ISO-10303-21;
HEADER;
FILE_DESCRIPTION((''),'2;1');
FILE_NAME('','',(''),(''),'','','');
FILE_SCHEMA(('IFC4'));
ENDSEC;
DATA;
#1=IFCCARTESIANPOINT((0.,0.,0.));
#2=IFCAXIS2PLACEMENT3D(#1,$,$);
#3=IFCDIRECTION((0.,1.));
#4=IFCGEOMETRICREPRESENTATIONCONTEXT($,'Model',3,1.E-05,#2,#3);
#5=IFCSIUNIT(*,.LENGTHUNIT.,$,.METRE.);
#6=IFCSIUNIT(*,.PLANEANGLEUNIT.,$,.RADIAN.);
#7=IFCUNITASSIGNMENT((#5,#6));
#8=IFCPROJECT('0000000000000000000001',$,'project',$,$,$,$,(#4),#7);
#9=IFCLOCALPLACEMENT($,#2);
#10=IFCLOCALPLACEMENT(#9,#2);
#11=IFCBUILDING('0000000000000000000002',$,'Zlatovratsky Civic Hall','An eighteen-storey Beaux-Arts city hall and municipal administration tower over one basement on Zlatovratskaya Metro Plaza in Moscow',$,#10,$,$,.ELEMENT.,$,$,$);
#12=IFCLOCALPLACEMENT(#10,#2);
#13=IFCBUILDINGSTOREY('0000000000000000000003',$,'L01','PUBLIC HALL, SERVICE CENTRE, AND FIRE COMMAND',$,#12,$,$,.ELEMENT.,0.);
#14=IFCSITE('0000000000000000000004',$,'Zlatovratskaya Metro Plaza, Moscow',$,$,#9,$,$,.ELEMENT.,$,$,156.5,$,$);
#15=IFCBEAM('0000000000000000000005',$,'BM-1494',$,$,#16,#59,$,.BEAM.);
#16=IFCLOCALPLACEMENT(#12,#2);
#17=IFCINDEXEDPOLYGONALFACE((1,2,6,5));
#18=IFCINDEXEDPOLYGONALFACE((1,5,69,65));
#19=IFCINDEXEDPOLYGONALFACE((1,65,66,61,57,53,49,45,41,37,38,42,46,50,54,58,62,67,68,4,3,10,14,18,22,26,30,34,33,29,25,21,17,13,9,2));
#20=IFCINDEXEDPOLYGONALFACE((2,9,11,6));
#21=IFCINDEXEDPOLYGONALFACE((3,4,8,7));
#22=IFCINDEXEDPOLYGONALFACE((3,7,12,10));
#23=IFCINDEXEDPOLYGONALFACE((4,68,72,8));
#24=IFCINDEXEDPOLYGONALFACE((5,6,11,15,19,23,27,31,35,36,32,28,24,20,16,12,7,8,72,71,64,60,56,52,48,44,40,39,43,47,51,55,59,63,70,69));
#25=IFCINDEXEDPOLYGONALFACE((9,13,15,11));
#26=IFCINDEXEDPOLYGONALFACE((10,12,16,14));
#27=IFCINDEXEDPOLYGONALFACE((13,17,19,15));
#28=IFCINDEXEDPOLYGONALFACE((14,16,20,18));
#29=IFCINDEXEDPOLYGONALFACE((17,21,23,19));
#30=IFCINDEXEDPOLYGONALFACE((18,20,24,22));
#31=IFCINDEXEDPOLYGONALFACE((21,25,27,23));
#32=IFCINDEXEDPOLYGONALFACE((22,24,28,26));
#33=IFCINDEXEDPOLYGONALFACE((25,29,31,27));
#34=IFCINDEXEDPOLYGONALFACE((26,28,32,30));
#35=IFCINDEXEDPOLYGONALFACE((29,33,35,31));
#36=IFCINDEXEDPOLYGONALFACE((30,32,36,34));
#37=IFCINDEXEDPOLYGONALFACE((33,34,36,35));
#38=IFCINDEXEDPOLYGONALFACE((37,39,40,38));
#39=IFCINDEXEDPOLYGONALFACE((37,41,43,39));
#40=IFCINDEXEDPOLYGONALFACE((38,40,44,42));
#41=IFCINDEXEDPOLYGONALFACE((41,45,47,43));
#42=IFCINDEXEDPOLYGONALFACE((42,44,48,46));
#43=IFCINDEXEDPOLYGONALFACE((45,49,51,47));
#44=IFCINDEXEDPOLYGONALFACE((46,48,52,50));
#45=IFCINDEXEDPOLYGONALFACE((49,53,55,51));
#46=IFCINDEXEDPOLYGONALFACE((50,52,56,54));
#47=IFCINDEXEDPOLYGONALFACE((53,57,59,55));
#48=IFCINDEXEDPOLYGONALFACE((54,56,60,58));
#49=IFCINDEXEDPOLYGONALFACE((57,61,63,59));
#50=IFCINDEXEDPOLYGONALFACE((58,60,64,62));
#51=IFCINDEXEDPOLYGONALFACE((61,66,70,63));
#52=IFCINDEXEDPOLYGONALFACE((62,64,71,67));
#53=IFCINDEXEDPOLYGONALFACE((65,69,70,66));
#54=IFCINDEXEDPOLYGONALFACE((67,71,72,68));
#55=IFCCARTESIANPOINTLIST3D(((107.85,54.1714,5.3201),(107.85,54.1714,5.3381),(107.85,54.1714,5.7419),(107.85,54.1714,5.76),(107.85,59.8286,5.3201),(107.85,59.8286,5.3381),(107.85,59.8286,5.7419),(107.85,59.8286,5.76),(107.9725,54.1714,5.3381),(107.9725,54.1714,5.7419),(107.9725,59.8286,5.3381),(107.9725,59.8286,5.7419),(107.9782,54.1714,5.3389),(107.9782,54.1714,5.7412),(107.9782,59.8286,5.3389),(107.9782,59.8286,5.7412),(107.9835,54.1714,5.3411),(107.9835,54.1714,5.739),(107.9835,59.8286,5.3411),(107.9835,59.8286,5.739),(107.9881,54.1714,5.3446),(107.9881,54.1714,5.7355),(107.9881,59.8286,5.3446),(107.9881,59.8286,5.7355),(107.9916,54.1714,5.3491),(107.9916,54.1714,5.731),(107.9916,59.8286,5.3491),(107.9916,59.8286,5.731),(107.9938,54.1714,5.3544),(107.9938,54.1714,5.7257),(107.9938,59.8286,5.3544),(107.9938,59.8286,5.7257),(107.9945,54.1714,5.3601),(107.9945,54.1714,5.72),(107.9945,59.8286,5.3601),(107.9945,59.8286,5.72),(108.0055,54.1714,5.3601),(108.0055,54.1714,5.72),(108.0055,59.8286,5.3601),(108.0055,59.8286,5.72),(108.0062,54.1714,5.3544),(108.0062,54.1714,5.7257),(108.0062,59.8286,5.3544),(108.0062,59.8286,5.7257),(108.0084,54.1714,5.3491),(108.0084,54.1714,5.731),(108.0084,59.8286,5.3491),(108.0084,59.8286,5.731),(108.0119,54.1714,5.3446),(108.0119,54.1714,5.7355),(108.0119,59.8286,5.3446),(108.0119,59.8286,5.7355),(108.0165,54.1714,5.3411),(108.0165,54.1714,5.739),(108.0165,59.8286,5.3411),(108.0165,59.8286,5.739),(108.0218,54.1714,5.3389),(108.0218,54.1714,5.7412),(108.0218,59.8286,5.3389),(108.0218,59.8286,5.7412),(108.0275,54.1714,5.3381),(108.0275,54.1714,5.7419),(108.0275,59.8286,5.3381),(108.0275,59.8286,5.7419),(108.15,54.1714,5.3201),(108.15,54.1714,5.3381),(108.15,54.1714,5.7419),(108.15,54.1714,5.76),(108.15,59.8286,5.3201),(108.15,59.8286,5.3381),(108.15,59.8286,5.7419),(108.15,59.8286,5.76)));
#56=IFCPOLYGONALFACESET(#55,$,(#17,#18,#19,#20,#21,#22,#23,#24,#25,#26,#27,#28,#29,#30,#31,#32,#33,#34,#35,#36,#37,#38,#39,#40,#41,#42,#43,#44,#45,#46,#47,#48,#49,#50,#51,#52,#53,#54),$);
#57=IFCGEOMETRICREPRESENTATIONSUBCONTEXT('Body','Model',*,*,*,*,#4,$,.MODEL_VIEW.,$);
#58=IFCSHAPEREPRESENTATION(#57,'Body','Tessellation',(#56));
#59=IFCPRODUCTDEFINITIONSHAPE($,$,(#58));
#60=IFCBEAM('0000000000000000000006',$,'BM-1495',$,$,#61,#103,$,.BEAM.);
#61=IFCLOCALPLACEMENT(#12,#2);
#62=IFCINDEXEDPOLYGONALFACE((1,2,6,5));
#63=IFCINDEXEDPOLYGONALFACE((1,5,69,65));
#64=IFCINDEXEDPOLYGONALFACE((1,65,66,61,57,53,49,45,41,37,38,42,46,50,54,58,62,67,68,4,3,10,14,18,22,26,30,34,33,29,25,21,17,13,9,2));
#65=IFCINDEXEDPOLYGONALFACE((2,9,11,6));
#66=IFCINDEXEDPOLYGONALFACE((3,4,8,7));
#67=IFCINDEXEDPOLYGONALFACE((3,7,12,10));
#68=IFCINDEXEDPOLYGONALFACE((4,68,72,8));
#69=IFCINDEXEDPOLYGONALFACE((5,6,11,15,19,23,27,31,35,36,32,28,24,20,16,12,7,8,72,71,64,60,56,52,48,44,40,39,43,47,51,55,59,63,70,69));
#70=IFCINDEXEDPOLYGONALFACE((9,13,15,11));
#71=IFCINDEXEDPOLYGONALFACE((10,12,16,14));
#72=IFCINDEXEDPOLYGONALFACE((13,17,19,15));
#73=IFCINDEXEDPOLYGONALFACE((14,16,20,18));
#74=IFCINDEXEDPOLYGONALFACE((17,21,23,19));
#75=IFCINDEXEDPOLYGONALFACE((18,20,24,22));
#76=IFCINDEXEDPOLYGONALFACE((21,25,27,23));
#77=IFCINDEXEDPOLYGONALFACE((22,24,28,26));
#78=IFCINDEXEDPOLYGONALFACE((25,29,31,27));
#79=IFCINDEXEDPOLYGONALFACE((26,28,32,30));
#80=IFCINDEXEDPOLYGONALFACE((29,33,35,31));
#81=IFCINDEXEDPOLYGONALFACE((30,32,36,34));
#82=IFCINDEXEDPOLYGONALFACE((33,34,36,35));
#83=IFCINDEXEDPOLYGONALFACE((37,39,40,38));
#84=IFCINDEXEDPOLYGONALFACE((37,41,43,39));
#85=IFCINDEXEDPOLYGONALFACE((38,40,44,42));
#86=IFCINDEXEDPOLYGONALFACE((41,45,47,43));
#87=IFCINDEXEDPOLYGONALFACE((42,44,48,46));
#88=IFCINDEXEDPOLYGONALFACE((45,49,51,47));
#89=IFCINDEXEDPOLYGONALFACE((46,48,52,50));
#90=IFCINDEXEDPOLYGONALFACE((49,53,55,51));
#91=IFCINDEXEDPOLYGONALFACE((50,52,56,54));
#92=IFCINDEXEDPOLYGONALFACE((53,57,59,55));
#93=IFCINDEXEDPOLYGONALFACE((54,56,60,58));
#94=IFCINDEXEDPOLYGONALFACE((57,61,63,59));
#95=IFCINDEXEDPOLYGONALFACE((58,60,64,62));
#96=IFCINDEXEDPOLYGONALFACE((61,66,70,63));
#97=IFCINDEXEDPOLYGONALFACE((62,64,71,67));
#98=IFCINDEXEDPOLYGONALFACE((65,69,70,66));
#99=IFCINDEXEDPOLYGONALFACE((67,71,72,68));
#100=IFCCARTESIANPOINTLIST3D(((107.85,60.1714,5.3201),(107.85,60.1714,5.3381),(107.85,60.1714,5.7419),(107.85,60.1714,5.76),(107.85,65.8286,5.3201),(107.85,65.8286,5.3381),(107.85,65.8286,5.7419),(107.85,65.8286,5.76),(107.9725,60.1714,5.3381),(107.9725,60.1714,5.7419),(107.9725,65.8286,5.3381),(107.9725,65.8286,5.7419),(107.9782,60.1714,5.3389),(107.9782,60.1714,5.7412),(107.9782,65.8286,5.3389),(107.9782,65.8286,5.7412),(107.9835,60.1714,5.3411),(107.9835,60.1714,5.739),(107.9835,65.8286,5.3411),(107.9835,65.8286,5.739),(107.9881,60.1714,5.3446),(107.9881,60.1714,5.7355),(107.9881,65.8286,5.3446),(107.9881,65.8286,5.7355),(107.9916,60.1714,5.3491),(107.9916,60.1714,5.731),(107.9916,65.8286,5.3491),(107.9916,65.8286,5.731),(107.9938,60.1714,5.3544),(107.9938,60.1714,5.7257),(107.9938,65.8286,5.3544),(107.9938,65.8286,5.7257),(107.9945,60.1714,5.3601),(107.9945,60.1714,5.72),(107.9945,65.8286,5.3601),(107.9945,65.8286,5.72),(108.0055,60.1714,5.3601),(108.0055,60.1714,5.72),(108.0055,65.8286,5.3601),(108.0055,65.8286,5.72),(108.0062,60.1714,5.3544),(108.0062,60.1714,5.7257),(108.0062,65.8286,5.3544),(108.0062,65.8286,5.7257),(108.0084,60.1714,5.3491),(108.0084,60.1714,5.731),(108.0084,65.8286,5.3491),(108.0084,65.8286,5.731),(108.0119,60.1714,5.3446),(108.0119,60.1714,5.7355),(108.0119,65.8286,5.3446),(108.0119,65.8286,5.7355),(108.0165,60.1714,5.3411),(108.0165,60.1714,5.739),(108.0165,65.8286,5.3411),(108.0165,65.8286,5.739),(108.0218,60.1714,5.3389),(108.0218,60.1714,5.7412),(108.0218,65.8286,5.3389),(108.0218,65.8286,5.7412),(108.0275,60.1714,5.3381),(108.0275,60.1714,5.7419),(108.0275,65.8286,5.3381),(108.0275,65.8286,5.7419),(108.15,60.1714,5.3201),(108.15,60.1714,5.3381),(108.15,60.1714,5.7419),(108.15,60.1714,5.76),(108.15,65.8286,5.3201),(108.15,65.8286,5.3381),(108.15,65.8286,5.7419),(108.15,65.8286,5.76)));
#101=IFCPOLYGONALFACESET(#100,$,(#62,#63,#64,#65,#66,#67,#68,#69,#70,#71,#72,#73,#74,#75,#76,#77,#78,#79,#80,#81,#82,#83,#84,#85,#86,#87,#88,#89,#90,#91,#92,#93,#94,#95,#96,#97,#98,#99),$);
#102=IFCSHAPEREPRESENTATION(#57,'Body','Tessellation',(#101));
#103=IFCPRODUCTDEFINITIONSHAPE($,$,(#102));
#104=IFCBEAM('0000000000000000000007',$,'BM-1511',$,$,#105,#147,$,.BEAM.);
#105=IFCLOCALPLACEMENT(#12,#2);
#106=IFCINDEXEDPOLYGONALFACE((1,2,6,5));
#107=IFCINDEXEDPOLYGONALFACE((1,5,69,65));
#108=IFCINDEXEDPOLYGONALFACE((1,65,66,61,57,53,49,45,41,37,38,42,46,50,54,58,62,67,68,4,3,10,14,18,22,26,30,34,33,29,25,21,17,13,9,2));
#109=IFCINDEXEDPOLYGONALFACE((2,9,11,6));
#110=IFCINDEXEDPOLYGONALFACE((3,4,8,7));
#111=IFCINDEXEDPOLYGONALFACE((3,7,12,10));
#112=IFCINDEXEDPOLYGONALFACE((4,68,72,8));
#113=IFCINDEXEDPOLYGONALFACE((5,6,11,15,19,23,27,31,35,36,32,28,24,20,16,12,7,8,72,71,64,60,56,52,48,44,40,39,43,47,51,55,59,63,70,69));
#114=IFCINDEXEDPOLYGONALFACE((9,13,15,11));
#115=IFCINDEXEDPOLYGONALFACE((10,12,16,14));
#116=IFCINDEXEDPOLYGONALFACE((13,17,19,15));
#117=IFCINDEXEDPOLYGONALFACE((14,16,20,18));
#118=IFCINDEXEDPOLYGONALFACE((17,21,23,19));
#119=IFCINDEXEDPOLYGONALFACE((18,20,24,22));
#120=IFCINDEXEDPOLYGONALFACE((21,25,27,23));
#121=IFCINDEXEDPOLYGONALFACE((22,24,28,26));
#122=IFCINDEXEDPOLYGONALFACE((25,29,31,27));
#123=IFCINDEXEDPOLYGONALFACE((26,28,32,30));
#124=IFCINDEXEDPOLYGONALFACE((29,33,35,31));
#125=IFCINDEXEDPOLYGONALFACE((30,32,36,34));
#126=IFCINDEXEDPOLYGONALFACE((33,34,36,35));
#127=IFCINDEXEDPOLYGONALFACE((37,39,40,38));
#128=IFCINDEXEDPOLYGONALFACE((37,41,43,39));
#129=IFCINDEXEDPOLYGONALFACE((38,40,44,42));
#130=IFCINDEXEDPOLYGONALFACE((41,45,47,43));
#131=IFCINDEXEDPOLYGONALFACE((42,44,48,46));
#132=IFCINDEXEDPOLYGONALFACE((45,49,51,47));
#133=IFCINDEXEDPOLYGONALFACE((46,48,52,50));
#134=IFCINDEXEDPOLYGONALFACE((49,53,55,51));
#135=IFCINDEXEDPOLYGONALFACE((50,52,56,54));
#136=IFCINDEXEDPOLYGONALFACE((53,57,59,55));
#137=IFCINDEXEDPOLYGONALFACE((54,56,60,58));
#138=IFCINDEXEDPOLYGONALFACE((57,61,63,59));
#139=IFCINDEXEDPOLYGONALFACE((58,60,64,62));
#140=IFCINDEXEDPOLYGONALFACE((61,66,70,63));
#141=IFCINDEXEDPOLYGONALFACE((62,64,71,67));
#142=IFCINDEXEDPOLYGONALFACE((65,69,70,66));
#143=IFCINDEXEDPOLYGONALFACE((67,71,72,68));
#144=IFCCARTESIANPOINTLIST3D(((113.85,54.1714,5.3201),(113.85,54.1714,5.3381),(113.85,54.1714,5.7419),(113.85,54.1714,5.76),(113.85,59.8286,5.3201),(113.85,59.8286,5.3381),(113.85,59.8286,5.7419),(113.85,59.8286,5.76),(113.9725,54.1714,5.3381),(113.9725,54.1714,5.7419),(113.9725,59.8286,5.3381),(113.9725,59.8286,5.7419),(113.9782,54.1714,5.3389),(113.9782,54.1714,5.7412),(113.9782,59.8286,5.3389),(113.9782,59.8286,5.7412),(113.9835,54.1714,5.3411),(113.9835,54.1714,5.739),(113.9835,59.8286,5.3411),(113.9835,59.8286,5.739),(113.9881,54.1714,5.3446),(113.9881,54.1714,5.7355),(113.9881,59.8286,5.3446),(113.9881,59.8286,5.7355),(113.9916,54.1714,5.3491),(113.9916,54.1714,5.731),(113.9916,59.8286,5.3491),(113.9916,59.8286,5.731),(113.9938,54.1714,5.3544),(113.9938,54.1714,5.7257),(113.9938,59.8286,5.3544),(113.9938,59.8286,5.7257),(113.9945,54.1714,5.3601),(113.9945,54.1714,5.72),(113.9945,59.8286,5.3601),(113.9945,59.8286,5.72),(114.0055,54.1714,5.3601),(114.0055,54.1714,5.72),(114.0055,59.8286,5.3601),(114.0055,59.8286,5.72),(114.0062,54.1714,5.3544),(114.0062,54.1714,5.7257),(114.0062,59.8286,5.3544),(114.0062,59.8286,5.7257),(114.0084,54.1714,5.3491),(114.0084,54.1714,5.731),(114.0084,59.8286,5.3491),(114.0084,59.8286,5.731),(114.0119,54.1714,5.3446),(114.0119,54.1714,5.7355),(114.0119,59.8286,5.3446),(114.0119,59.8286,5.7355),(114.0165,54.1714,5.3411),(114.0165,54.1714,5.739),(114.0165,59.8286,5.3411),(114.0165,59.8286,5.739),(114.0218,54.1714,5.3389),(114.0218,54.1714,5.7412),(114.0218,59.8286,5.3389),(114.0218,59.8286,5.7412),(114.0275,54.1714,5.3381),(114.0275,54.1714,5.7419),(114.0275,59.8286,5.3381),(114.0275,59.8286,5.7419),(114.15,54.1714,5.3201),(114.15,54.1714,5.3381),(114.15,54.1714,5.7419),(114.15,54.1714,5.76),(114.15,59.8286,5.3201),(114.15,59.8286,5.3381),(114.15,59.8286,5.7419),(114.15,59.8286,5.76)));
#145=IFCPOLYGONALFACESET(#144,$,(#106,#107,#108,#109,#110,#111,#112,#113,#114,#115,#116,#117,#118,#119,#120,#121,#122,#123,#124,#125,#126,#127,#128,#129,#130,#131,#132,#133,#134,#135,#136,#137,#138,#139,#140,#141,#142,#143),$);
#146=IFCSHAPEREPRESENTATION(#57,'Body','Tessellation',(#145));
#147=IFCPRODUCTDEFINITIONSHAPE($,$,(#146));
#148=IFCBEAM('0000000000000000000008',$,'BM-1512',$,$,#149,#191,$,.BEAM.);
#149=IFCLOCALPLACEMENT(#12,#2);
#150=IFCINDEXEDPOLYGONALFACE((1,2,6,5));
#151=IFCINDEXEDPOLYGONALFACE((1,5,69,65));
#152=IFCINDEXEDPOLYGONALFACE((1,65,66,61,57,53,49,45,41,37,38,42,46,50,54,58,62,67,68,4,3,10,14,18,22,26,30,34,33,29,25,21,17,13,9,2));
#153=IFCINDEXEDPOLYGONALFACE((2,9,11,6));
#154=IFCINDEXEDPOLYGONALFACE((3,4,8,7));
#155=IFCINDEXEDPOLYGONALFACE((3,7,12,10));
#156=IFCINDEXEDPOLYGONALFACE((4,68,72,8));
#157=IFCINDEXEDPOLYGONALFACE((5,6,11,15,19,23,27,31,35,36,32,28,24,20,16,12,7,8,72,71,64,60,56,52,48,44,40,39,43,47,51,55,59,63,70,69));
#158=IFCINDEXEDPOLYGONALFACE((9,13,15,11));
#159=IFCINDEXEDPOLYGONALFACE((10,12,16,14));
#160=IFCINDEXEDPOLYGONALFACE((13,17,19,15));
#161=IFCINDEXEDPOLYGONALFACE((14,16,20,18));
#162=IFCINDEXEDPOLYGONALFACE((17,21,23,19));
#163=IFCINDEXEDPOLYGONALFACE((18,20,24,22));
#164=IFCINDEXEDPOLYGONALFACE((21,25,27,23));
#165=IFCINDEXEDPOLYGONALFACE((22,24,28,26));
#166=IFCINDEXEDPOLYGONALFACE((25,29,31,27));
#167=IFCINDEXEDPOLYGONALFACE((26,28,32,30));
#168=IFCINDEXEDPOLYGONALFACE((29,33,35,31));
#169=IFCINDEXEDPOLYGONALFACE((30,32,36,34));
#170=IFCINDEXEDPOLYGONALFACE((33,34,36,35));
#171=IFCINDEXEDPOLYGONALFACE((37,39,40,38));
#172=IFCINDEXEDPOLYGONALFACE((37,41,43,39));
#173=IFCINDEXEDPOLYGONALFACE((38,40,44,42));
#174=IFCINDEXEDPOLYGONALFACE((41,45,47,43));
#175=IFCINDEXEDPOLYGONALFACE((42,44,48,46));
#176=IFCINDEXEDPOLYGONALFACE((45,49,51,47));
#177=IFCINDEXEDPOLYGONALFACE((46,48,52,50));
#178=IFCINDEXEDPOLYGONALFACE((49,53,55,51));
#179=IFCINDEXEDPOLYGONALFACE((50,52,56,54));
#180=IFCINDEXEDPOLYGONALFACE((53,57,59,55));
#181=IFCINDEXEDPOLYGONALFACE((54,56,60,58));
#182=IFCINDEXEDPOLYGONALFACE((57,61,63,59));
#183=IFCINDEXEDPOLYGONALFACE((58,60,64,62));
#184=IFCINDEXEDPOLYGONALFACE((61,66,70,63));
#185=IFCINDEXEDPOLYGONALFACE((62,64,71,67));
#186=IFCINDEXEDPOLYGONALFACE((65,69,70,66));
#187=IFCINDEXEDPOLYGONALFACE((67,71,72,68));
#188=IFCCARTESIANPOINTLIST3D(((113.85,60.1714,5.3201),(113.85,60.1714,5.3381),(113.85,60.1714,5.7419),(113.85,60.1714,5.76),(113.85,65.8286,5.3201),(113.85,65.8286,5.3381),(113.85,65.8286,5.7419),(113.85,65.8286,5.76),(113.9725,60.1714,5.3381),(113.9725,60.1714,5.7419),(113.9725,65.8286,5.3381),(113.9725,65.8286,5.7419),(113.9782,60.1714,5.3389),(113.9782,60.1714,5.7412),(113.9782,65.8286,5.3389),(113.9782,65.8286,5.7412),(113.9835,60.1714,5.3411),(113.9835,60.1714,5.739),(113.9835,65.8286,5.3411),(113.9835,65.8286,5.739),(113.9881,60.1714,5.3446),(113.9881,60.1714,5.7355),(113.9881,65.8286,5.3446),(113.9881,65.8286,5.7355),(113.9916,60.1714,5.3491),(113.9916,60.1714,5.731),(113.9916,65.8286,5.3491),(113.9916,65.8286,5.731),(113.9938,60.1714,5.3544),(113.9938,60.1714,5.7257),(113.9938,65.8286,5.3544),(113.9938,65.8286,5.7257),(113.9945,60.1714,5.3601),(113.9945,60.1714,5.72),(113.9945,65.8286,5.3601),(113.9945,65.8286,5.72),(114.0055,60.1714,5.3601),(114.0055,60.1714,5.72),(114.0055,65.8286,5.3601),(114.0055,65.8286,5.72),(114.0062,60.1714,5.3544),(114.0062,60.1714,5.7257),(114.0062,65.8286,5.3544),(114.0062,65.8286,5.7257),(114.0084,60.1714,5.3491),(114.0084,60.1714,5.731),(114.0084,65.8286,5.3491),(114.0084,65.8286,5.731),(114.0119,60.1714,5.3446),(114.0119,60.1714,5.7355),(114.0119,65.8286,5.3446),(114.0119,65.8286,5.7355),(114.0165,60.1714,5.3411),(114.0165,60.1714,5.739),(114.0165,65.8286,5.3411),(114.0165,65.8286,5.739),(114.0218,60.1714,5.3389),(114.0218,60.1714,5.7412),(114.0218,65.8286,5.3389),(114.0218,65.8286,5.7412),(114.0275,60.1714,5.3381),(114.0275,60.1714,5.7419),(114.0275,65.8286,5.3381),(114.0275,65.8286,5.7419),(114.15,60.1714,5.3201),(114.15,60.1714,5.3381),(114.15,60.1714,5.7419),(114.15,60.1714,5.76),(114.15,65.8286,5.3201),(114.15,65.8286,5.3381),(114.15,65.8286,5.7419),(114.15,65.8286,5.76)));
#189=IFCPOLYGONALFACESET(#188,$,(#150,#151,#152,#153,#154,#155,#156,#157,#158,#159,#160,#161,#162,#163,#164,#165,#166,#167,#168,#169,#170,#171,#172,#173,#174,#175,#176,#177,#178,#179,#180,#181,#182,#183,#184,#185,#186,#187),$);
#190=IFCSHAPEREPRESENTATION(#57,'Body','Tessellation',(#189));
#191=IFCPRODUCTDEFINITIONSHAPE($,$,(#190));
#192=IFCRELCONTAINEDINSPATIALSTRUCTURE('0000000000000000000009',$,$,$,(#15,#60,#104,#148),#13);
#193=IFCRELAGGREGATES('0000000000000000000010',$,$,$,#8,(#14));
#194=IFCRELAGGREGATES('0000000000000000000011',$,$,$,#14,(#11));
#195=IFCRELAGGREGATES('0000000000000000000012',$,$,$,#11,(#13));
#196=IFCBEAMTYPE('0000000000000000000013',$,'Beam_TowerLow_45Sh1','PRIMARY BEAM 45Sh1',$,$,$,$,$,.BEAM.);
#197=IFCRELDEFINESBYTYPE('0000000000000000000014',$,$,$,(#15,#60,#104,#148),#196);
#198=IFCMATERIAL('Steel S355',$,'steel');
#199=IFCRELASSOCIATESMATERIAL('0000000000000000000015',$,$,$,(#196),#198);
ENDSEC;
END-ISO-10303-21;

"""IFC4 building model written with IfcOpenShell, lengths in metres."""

from ifc_helpers import new_model, si_unit, direction, frame, origin, origin_2d, place, context, subcontext, project, spatial, i_section, extrude, material, material_profile, profile_set, type_object, element, save


model = new_model("IFC4")

# Units and contexts
model_context = context("Model", 3, precision=1e-05, world=origin(), true_north=direction((0.0, 1.0)))
body_context = subcontext(model_context, "Body", "Model", "MODEL_VIEW")
ifc_project = project(units=[si_unit("LENGTHUNIT", "METRE"), si_unit("PLANEANGLEUNIT", "RADIAN")], contexts=[model_context])

# Site, building, storey
site_placement = place(None, origin())
site = spatial("IfcSite", under=ifc_project, at=site_placement, Name="Zlatovratskaya Metro Plaza, Moscow", CompositionType="ELEMENT", RefElevation=156.5)
building_placement = place(site_placement, origin())
building = spatial("IfcBuilding", under=site, at=building_placement, Name="Zlatovratsky Civic Hall", Description="An eighteen-storey Beaux-Arts city hall and municipal administration tower over one basement on Zlatovratskaya Metro Plaza in Moscow", CompositionType="ELEMENT")
storey_placement = place(building_placement, origin())
storey = spatial("IfcBuildingStorey", under=building, at=storey_placement, Name="L01", Description="PUBLIC HALL, SERVICE CENTRE, AND FIRE COMMAND", CompositionType="ELEMENT", Elevation=0.0)

# Shared definitions
ifc_material_1 = material(Name="Steel S355", Category="steel")

# Beams
ifc_material_profile_1 = material_profile(ifc_material_1, i_section(OverallWidth=0.3, OverallDepth=0.4399, WebThickness=0.011, FlangeThickness=0.0181, FilletRadius=0.022, at=origin_2d()), Name="45Sh1")
ifc_profile_set_1 = profile_set([ifc_material_profile_1], Name="Steel S355")
beam_type = type_object("IfcBeamType", Name="Beam_TowerLow_45Sh1", Description="PRIMARY BEAM 45Sh1", PredefinedType="BEAM", material=ifc_profile_set_1)
for number, where, z_axis, x_axis, name in (
    (1, (108.0, 54.1714, 5.54), (0.0, 1.0, 0.0), (-1.0, 0.0, 0.0), "BM-1494"),
    (2, (108.0, 60.1714, 5.54), (0.0, 1.0, 0.0), (-1.0, 0.0, 0.0), "BM-1495"),
    (3, (114.0, 54.1714, 5.54), (0.0, 1.0, 0.0), (-1.0, 0.0, 0.0), "BM-1511"),
    (4, (114.0, 60.1714, 5.54), (0.0, 1.0, 0.0), (-1.0, 0.0, 0.0), "BM-1512"),
):
    element("IfcBeam", number, at=place(storey_placement, frame(where, z_axis=z_axis, x_axis=x_axis)), inside=storey, type_object=beam_type, Name=name, PredefinedType="BEAM", context=body_context, shape_type="SweptSolid", body=[
        extrude(i_section(OverallWidth=0.3, OverallDepth=0.4399, WebThickness=0.011, FlangeThickness=0.0181, FilletRadius=0.022, at=origin_2d()), origin(), (0.0, 0.0, 1.0), 5.6572),
    ])

save(model, "model.ifc")
